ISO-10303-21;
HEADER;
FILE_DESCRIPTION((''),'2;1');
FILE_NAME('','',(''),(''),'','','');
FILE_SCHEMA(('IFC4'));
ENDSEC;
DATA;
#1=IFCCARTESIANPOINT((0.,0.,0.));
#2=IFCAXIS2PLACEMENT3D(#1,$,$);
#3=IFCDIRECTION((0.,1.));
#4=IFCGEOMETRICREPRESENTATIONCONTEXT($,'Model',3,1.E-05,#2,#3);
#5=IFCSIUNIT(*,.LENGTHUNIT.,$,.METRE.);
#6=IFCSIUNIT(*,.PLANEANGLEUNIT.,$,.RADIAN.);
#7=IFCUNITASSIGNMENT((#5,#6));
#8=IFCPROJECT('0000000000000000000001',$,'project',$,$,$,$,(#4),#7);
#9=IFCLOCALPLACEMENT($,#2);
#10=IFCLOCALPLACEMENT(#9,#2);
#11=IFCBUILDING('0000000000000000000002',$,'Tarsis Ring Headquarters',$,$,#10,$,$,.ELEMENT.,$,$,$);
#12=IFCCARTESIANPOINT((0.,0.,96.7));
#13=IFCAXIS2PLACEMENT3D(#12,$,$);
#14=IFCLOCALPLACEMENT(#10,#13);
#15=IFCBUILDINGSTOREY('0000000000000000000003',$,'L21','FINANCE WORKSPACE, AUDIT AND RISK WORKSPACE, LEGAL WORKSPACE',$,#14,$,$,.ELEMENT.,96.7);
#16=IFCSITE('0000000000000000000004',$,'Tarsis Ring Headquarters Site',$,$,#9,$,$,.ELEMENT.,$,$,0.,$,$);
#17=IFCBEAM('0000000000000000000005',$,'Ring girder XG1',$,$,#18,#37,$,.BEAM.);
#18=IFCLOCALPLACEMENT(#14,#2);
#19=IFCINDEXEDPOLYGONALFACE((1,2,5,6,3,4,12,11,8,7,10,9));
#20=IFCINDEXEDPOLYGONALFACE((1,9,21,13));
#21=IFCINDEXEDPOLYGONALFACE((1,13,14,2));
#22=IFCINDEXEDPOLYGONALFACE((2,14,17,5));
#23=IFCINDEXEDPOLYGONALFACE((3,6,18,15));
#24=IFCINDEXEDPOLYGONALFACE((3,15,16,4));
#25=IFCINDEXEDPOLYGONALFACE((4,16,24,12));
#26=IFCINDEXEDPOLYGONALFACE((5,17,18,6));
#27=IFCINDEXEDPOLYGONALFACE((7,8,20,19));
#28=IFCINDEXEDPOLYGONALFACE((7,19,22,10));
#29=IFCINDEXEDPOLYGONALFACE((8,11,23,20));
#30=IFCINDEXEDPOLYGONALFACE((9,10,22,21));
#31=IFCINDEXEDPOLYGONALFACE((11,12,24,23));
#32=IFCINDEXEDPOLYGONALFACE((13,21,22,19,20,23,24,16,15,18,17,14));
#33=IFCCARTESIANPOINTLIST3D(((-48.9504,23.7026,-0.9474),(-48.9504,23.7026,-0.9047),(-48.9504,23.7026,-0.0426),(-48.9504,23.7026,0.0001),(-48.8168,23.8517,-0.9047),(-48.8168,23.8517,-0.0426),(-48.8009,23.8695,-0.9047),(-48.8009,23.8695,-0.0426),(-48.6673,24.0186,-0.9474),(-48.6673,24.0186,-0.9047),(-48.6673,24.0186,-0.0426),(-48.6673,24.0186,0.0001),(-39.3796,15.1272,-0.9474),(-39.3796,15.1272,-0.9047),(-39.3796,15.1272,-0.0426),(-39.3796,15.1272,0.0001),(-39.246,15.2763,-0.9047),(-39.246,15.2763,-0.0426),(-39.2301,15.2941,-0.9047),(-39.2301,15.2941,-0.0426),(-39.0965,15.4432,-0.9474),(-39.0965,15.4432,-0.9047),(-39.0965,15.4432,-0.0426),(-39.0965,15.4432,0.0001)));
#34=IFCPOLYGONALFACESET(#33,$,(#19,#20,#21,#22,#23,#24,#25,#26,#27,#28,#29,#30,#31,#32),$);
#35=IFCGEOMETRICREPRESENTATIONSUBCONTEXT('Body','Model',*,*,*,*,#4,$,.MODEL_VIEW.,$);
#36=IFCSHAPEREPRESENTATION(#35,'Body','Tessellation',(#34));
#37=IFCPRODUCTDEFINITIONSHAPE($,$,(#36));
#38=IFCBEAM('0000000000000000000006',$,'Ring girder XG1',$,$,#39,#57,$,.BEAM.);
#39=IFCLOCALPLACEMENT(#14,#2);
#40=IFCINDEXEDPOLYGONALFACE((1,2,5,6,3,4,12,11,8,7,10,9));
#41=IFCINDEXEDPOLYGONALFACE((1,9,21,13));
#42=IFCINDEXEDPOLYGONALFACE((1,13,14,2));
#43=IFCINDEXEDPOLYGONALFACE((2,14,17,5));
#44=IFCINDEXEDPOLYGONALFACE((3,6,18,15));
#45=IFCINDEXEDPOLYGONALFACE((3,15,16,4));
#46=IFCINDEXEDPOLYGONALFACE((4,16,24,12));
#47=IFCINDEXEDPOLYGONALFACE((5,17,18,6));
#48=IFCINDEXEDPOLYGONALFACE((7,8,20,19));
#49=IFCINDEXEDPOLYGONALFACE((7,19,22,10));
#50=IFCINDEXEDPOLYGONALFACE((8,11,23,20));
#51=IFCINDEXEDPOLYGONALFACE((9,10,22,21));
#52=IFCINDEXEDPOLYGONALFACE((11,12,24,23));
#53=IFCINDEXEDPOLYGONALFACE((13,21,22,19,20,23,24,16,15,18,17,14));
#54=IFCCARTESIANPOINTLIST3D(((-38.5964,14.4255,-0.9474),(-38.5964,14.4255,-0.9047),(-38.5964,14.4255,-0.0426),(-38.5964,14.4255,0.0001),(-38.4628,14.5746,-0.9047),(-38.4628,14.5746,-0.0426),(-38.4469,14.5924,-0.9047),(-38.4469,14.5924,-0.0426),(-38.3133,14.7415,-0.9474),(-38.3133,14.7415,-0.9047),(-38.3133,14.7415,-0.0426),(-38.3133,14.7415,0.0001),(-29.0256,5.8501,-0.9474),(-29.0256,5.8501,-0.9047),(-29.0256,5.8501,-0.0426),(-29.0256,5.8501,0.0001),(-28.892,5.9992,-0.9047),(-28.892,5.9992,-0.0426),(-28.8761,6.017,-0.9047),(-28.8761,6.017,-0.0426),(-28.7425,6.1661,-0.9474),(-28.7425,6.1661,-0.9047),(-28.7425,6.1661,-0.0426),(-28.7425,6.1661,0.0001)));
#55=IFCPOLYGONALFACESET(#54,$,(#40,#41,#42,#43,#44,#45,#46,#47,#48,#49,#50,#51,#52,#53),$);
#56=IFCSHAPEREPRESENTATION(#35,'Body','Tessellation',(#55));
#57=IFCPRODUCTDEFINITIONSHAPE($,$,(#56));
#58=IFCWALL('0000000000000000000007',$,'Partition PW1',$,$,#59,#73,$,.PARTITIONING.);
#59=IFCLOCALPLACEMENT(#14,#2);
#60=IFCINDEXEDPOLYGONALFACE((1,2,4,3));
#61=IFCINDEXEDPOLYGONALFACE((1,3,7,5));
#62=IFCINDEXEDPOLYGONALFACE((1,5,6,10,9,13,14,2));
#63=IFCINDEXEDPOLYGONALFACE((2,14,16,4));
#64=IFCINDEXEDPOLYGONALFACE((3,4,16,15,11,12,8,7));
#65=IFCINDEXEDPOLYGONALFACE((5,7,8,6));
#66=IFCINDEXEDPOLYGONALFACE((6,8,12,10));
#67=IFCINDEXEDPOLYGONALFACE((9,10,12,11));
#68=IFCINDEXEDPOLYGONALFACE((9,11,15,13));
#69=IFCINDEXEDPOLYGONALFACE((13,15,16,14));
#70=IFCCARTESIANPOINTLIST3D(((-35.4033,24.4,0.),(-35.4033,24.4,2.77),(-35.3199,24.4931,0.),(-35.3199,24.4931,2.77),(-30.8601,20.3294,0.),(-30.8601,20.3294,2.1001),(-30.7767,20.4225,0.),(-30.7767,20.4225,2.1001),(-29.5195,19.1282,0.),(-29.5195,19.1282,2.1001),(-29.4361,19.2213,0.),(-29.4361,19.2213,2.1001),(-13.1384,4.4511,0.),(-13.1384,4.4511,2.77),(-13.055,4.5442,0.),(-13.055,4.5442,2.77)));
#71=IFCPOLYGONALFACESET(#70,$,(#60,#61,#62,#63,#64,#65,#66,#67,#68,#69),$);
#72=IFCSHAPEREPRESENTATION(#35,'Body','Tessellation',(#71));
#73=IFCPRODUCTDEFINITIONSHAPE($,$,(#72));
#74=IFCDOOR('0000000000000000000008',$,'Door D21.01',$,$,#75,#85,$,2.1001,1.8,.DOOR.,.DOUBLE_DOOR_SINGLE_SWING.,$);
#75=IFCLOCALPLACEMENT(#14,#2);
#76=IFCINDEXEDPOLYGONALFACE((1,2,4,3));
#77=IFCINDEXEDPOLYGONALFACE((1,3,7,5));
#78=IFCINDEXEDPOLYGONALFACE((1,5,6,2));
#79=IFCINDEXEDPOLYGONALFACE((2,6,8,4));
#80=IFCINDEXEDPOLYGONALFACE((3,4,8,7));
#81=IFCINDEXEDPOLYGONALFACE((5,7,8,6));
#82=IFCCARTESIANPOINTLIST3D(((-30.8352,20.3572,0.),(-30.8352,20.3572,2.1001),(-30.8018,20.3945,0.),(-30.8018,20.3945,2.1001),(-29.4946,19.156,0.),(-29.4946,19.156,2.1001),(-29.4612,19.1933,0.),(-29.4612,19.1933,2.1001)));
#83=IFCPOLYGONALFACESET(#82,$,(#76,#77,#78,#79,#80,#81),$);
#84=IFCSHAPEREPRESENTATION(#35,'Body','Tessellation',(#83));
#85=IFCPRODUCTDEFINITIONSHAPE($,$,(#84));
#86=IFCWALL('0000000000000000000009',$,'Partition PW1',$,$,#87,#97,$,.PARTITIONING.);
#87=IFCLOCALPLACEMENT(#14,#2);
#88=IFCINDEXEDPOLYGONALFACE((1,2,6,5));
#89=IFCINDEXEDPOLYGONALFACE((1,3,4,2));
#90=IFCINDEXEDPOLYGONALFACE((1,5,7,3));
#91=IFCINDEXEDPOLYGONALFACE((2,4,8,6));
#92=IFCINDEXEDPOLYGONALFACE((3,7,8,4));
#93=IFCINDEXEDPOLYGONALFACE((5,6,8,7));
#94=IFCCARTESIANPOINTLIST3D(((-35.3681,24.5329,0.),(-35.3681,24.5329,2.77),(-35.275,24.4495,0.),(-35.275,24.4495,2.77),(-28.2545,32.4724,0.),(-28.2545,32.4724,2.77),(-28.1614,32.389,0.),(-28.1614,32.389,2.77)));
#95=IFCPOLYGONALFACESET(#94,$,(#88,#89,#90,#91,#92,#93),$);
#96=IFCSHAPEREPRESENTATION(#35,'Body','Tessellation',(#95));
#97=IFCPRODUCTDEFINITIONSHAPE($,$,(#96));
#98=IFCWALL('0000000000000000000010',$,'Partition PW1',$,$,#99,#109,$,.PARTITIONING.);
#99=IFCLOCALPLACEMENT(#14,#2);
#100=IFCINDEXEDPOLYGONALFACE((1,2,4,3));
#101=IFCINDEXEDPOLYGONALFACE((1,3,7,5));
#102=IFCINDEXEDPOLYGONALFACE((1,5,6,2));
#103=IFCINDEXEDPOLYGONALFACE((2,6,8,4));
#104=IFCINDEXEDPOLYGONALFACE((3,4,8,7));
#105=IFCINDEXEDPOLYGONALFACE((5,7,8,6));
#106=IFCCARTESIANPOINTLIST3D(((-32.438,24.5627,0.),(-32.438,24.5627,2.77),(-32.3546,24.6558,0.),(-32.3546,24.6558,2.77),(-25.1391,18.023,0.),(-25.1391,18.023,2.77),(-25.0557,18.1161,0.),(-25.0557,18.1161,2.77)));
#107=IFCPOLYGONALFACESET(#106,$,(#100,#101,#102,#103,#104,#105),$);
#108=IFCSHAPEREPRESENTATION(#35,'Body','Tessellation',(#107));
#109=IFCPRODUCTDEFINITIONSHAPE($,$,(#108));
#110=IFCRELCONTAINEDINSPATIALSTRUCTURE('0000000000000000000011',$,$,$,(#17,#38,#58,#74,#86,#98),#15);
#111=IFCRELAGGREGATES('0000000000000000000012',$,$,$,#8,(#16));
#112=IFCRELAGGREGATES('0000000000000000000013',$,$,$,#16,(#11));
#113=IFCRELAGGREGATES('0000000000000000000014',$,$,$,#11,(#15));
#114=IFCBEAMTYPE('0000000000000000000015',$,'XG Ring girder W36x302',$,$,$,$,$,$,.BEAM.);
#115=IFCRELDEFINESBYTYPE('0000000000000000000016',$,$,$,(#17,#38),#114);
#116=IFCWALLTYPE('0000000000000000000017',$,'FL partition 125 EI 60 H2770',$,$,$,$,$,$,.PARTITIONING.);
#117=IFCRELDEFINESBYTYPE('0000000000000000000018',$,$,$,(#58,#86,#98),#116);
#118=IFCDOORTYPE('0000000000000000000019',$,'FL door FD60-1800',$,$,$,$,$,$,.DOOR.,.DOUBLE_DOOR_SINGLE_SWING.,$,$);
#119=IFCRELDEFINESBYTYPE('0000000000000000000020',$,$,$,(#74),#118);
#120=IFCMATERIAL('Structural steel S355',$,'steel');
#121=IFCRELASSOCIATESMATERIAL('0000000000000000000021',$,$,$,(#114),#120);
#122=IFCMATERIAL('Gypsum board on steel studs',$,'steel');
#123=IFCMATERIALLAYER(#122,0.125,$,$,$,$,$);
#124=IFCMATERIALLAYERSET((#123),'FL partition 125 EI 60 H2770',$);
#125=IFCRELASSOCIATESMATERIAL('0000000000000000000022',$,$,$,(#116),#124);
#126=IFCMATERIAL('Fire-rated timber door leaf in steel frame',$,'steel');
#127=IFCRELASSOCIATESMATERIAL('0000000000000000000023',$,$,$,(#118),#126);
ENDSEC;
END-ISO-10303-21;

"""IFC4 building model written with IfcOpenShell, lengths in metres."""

from ifc_helpers import new_model, si_unit, direction, frame, frame_2d, origin, origin_2d, place, context, subcontext, project, spatial, rectangle, i_section, extrude, material, layer, layer_set, material_profile, profile_set, type_object, element, fill, save


model = new_model("IFC4")

# Units and contexts
model_context = context("Model", 3, precision=1e-05, world=origin(), true_north=direction((0.0, 1.0)))
body_context = subcontext(model_context, "Body", "Model", "MODEL_VIEW")
ifc_project = project(units=[si_unit("LENGTHUNIT", "METRE"), si_unit("PLANEANGLEUNIT", "RADIAN")], contexts=[model_context])

# Site, building, storey
site_placement = place(None, origin())
site = spatial("IfcSite", under=ifc_project, at=site_placement, Name="Tarsis Ring Headquarters Site", CompositionType="ELEMENT", RefElevation=0.0)
building_placement = place(site_placement, origin())
building = spatial("IfcBuilding", under=site, at=building_placement, Name="Tarsis Ring Headquarters", CompositionType="ELEMENT")
storey_placement = place(building_placement, frame((0.0, 0.0, 96.7)))
storey = spatial("IfcBuildingStorey", under=building, at=storey_placement, Name="L21", Description="FINANCE WORKSPACE, AUDIT AND RISK WORKSPACE, LEGAL WORKSPACE", CompositionType="ELEMENT", Elevation=96.7)

# Shared definitions
ifc_material_1 = material(Name="Structural steel S355", Category="steel")

# Beams
ifc_material_profile_1 = material_profile(ifc_material_1, i_section(OverallWidth=0.4243, OverallDepth=0.9475, WebThickness=0.0239, FlangeThickness=0.0427, at=origin_2d()), Name="W36x302")
ifc_profile_set_1 = profile_set([ifc_material_profile_1], Name="Structural steel S355")
beam_type = type_object("IfcBeamType", Name="XG Ring girder W36x302", PredefinedType="BEAM", material=ifc_profile_set_1)
for number, where, z_axis, x_axis, name in (
    (1, (-48.8088, 23.8606, -0.4736), (0.744774, -0.667317, 0.0), (0.667317, 0.744774, 0.0), "Ring girder XG1"),
    (2, (-38.4548, 14.5835, -0.4736), (0.744774, -0.667317, 0.0), (0.667317, 0.744774, 0.0), "Ring girder XG1"),
):
    element("IfcBeam", number, at=place(storey_placement, frame(where, z_axis=z_axis, x_axis=x_axis)), inside=storey, type_object=beam_type, Name=name, PredefinedType="BEAM", context=body_context, shape_type="SweptSolid", body=[
        extrude(i_section(OverallWidth=0.4243, OverallDepth=0.9475, WebThickness=0.0239, FlangeThickness=0.0427, at=origin_2d()), origin(), (0.0, 0.0, 1.0), 12.8506),
    ])

# Wall, opening, door
ifc_material_2 = material(Name="Gypsum board on steel studs", Category="steel")
ifc_layer_1 = layer(ifc_material_2, 0.125)
ifc_layer_set_1 = layer_set([ifc_layer_1], Name="FL partition 125 EI 60 H2770")
wall_type_1 = type_object("IfcWallType", Name="FL partition 125 EI 60 H2770", PredefinedType="PARTITIONING", material=ifc_layer_set_1)
wall_1_placement = place(storey_placement, frame((-35.3616, 24.4465, 0.0), z_axis=(0.0, 0.0, 1.0), x_axis=(0.74478, -0.66731, 0.0)))
wall_1 = element("IfcWall", 3, at=wall_1_placement, inside=storey, type_object=wall_type_1, Name="Partition PW1", PredefinedType="PARTITIONING", context=body_context, shape_type="SweptSolid", body=[
    extrude(rectangle(XDim=29.8945, YDim=0.125, at=frame_2d((14.9473, 0.0))), origin(), (0.0, 0.0, 1.0), 2.77),
])
opening_1_placement = place(wall_1_placement, frame((6.1001, 0.0, 0.0)))
opening_1 = element("IfcOpeningElement", 4, at=opening_1_placement, cuts=wall_1, PredefinedType="OPENING", context=body_context, shape_type="SweptSolid", body=[
    extrude(rectangle(XDim=1.8, YDim=2.1001, at=frame_2d((0.8999, 1.05))), frame((0.0, 0.0725, 0.0), z_axis=(0.0, -1.0, 0.0), x_axis=(1.0, 0.0, 0.0)), (0.0, 0.0, 1.0), 0.145),
])
ifc_material_3 = material(Name="Fire-rated timber door leaf in steel frame", Category="steel")
door_type = type_object("IfcDoorType", Name="FL door FD60-1800", OperationType="DOUBLE_DOOR_SINGLE_SWING", PredefinedType="DOOR", material=ifc_material_3)
door_placement = place(opening_1_placement, origin())
door = element("IfcDoor", 5, at=door_placement, inside=storey, type_object=door_type, Name="Door D21.01", OperationType="DOUBLE_DOOR_SINGLE_SWING", OverallHeight=2.1001, OverallWidth=1.8, PredefinedType="DOOR", context=body_context, shape_type="SweptSolid", body=[
    extrude(rectangle(XDim=1.8, YDim=2.1001, at=frame_2d((0.8999, 1.05))), frame((0.0, 0.0249, 0.0), z_axis=(0.0, -1.0, 0.0), x_axis=(1.0, 0.0, 0.0)), (0.0, 0.0, 1.0), 0.05),
])
fill(opening_1, door)

# Walls
wall_2_placement = place(storey_placement, frame((-35.3215, 24.4912, 0.0), z_axis=(0.0, 0.0, 1.0), x_axis=(0.667305, 0.744784, 0.0)))
element("IfcWall", 6, at=wall_2_placement, inside=storey, type_object=wall_type_1, Name="Partition PW1", PredefinedType="PARTITIONING", context=body_context, shape_type="SweptSolid", body=[
    extrude(rectangle(XDim=10.6602, YDim=0.125, at=frame_2d((5.3301, 0.0))), origin(), (0.0, 0.0, 1.0), 2.77),
])
wall_3_placement = place(storey_placement, frame((-32.3962, 24.6091, 0.0), z_axis=(0.0, 0.0, 1.0), x_axis=(0.744784, -0.667306, 0.0)))
element("IfcWall", 7, at=wall_3_placement, inside=storey, type_object=wall_type_1, Name="Partition PW1", PredefinedType="PARTITIONING", context=body_context, shape_type="SweptSolid", body=[
    extrude(rectangle(XDim=9.8, YDim=0.125, at=frame_2d((4.8999, 0.0))), origin(), (0.0, 0.0, 1.0), 2.77),
])

save(model, "model.ifc")
